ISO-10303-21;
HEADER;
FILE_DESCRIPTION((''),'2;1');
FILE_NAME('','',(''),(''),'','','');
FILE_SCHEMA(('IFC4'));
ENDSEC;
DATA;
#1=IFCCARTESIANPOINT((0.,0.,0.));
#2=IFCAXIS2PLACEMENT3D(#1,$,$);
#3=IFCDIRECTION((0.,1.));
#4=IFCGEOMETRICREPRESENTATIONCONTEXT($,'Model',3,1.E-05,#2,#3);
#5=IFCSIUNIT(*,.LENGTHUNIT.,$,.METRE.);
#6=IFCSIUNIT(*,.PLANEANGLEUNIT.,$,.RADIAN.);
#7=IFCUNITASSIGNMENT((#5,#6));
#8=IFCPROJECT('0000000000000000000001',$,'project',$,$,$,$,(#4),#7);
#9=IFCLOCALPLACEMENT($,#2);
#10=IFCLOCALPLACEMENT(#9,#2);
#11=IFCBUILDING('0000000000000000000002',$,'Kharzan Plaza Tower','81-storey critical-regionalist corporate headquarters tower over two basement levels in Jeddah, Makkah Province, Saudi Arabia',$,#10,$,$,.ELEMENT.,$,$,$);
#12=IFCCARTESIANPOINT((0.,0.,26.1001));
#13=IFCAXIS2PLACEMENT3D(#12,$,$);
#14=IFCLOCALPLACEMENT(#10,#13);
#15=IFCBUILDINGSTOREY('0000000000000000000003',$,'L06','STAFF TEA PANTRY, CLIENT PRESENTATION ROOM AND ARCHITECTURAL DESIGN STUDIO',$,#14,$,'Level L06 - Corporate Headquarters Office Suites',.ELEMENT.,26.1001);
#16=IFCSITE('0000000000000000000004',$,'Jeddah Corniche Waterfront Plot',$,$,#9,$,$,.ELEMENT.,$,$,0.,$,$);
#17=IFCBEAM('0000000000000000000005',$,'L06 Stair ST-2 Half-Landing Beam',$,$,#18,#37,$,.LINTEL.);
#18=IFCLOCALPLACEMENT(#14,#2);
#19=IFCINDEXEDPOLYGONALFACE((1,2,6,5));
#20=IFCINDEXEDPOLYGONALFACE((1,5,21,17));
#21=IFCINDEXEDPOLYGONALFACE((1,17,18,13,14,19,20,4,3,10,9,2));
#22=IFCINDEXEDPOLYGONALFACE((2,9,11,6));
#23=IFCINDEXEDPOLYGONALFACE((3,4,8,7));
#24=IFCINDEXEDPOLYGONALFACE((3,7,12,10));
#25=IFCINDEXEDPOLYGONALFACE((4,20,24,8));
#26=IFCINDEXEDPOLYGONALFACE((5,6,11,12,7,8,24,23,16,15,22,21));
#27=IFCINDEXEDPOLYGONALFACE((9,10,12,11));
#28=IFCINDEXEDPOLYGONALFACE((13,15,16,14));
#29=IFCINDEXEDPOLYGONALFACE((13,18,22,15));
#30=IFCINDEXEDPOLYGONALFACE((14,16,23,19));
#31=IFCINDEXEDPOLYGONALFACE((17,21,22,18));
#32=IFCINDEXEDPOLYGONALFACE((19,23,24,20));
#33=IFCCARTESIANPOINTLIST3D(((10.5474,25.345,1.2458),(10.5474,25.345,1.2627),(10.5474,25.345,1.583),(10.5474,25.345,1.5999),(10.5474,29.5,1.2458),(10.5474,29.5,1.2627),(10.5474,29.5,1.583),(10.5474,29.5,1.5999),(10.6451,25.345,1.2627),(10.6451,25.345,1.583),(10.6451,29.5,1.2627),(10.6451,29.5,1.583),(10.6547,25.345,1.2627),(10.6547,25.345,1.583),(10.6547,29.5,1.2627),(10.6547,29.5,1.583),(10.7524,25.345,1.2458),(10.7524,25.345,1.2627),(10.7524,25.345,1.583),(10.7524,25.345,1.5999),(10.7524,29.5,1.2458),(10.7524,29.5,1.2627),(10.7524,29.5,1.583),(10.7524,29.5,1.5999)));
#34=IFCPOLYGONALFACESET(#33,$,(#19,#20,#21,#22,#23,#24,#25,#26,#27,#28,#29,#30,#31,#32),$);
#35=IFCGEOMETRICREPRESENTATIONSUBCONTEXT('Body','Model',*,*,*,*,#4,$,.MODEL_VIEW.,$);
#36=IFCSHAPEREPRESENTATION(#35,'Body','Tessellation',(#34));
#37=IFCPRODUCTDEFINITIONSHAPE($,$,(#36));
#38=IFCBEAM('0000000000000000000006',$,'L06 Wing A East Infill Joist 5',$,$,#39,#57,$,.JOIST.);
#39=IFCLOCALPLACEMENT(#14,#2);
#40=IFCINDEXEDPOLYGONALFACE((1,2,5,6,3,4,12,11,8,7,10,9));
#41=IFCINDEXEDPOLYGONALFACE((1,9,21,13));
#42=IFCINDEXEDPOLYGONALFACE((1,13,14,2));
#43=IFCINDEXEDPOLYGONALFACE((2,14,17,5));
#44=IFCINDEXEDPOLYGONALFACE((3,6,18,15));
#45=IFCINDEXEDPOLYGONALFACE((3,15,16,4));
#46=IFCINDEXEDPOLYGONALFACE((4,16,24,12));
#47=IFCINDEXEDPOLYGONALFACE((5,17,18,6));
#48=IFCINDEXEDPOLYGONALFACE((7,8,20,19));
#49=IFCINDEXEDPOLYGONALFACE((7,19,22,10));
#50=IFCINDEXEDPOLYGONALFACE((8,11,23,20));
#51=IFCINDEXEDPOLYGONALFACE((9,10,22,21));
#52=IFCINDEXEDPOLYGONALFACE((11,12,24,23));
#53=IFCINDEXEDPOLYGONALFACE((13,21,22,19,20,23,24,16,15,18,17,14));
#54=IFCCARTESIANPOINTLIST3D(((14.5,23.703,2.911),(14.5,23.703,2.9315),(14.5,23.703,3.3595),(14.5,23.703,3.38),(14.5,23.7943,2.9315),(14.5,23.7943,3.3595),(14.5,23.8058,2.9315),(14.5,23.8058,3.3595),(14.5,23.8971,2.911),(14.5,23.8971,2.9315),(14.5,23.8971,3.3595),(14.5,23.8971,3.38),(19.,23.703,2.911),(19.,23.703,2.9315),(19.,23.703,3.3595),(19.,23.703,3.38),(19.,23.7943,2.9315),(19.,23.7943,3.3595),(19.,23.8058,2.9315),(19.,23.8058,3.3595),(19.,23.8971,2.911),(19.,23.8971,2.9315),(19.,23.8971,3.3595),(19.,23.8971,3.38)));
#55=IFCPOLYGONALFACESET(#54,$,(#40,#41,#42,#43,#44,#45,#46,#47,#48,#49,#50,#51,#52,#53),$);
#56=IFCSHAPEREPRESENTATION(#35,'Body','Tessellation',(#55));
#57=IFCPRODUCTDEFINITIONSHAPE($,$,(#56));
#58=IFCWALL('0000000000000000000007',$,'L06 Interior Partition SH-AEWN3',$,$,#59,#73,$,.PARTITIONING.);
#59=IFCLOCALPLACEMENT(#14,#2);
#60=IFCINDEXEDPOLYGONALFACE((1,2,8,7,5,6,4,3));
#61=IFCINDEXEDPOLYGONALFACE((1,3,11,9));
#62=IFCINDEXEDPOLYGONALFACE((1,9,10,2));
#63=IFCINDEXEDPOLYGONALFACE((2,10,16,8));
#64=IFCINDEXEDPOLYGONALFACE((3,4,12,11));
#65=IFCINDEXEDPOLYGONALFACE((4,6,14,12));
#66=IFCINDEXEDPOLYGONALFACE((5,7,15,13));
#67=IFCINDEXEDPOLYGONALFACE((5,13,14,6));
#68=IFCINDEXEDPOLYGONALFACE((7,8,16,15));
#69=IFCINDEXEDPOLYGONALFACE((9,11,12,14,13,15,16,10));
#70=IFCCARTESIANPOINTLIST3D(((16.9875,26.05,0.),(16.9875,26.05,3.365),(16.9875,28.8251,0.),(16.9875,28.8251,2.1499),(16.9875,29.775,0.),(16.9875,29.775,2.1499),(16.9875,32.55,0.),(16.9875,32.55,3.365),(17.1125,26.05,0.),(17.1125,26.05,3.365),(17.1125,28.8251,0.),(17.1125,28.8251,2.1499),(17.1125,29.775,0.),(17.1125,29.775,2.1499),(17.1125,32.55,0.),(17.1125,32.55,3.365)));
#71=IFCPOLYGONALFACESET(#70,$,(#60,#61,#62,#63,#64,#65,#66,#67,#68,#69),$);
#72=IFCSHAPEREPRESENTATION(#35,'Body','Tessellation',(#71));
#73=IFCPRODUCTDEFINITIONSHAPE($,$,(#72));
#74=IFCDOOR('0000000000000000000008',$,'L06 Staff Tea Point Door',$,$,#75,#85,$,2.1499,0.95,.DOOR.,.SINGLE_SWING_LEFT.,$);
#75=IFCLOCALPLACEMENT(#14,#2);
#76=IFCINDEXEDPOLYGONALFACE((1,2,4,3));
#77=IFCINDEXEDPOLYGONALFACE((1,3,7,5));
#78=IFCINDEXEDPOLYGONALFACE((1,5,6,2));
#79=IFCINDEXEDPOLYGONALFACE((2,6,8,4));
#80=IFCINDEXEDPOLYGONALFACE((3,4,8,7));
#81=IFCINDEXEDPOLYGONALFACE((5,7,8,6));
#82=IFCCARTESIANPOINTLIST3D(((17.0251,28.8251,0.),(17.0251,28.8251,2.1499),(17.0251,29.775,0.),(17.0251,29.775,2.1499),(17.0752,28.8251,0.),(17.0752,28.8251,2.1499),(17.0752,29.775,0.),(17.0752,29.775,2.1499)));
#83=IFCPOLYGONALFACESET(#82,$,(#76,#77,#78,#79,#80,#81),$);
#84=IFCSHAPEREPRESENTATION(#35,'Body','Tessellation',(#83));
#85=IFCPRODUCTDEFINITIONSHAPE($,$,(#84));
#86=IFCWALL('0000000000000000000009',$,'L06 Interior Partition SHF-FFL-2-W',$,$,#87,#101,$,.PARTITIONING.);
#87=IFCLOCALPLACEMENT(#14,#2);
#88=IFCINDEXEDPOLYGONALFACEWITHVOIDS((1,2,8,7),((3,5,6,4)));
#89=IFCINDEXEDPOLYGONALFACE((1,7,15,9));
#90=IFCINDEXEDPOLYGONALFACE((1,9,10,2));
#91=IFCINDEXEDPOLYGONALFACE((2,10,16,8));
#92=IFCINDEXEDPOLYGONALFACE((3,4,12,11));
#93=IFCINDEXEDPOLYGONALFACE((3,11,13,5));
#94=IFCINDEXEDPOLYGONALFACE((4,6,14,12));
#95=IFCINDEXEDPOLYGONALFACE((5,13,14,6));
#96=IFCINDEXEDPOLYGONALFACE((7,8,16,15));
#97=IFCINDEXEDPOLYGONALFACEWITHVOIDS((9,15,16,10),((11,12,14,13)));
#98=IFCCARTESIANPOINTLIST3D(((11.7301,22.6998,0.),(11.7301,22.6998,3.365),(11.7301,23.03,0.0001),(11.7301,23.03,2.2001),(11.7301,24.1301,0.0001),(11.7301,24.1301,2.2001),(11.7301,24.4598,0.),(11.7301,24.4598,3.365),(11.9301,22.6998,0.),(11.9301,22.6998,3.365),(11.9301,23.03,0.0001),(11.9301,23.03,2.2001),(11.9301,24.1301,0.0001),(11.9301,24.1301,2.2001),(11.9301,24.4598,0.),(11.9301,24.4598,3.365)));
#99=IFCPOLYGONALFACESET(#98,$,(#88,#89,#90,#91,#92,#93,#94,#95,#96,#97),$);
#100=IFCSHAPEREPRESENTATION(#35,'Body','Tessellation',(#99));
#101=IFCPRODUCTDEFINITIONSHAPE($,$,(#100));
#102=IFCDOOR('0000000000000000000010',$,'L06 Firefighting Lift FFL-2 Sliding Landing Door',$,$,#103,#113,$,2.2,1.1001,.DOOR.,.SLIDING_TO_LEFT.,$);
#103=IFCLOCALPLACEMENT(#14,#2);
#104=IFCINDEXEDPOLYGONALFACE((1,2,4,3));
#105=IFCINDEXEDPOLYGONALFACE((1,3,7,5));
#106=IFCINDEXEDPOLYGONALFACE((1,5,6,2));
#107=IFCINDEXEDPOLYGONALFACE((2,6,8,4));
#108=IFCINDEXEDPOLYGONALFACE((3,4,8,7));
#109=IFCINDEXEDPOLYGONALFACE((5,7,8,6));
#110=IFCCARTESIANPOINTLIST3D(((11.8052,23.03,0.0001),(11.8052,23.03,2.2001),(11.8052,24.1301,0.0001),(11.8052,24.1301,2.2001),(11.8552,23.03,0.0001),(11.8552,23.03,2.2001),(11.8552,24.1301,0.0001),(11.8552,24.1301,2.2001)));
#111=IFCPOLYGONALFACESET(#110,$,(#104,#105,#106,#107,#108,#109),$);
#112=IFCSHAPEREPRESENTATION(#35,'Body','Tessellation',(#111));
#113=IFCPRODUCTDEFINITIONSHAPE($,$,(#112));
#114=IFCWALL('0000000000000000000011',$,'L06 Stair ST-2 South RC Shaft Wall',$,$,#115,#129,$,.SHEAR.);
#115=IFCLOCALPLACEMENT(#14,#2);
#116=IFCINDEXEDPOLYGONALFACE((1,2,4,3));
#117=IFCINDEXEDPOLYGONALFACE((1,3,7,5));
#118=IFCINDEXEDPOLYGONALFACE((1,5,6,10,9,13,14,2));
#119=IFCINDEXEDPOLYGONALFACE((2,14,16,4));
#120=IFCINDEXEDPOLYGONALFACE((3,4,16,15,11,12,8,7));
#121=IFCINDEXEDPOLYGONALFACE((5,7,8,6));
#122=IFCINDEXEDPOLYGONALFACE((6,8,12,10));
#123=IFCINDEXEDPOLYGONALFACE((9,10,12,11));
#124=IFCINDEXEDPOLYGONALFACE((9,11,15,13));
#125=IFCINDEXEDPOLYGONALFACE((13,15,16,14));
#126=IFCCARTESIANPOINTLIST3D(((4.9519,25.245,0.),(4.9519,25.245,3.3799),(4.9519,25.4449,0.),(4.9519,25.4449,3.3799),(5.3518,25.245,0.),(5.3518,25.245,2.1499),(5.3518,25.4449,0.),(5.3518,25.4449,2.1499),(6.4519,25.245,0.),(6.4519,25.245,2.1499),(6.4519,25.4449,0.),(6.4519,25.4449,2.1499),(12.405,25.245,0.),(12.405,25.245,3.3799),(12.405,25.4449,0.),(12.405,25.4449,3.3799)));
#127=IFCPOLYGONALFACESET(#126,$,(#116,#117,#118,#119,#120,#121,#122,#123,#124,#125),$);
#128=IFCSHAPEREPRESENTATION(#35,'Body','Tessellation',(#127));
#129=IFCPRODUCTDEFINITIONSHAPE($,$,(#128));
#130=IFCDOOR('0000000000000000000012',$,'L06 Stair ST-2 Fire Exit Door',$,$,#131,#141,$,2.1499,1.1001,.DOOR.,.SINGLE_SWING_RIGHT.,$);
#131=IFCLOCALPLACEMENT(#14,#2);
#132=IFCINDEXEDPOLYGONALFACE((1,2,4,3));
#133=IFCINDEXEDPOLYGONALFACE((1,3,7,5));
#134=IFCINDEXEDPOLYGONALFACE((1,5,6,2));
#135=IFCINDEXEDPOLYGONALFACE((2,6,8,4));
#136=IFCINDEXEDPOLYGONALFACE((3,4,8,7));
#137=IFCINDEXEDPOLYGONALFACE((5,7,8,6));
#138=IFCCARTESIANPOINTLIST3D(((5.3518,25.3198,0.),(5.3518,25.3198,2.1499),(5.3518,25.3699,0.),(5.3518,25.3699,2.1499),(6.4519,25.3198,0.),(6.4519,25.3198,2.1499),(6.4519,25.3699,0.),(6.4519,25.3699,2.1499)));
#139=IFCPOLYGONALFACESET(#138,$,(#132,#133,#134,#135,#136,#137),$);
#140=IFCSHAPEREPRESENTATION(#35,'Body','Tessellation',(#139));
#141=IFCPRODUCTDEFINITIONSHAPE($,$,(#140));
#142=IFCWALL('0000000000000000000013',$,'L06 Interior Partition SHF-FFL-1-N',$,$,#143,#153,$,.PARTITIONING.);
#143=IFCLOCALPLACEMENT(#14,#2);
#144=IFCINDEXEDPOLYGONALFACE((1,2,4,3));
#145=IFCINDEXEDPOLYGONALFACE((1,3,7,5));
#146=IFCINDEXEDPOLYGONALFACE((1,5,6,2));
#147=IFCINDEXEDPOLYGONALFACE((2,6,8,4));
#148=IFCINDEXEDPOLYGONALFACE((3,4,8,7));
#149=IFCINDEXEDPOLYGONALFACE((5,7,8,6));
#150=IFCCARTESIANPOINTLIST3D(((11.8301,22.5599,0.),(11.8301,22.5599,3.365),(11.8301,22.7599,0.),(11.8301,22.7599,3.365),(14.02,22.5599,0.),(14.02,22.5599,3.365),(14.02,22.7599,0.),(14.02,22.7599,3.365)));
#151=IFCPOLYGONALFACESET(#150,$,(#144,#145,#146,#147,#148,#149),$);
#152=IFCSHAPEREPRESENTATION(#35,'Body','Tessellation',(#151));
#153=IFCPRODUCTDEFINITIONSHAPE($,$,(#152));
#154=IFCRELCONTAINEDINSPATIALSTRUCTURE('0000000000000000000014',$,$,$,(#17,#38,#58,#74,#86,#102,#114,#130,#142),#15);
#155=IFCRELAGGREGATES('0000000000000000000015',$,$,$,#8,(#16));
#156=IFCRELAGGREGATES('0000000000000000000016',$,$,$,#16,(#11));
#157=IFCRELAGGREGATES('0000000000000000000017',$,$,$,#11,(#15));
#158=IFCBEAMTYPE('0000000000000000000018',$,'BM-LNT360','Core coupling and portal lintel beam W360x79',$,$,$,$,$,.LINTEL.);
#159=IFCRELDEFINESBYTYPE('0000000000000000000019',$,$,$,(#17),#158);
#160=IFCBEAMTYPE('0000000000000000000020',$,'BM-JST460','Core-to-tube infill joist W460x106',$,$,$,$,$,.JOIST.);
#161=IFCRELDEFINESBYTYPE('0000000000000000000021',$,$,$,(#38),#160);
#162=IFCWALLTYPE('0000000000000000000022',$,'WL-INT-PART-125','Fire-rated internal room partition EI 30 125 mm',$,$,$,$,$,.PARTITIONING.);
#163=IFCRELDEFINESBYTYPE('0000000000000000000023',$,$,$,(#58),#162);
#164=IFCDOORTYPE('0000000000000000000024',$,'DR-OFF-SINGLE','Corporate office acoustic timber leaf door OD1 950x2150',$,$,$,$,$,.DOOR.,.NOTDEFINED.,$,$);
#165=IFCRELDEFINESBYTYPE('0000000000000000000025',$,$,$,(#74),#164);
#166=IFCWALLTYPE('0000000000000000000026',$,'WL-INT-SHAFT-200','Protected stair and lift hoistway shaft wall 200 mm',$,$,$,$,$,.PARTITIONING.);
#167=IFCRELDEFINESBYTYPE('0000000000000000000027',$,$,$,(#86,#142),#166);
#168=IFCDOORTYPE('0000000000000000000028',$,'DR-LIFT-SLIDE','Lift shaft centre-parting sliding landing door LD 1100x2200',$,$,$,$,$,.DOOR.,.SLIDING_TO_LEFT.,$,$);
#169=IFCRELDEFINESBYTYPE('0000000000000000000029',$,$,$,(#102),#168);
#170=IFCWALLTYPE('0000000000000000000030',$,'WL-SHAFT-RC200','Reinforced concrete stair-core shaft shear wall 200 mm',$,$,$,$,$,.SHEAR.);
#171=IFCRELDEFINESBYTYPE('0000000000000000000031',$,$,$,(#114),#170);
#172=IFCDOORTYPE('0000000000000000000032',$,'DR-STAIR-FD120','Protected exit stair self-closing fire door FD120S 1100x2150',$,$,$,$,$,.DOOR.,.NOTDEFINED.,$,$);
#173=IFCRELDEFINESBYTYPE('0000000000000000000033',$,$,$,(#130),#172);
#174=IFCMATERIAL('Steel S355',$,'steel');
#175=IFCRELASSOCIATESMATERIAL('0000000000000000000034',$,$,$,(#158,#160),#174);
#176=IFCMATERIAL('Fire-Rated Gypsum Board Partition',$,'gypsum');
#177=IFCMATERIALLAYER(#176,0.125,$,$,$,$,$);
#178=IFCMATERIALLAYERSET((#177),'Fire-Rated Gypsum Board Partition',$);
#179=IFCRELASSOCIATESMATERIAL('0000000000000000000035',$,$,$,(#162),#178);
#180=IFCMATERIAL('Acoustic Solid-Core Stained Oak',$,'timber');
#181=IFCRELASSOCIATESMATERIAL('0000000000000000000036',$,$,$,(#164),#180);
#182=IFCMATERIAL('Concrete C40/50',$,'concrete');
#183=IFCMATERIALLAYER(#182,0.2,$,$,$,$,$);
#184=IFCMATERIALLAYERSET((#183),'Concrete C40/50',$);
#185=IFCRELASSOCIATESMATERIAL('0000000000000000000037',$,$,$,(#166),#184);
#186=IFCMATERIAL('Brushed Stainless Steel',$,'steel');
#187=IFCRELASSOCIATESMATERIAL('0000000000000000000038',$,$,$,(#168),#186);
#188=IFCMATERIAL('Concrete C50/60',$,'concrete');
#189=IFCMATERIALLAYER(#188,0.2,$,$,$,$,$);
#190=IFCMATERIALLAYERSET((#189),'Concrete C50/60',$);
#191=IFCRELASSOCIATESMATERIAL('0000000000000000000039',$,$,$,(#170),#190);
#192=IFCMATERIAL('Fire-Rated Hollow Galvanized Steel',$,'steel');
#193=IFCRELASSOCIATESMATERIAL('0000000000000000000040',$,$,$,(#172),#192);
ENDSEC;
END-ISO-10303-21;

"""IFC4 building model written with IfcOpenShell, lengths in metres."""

from ifc_helpers import new_model, si_unit, direction, frame, frame_2d, origin, origin_2d, place, context, subcontext, project, spatial, rectangle, i_section, extrude, source, transform, mapped, material, layer, layer_set, material_profile, profile_set, type_object, element, fill, save


model = new_model("IFC4")

# Units and contexts
model_context = context("Model", 3, precision=1e-05, world=origin(), true_north=direction((0.0, 1.0)))
body_context = subcontext(model_context, "Body", "Model", "MODEL_VIEW")
ifc_project = project(units=[si_unit("LENGTHUNIT", "METRE"), si_unit("PLANEANGLEUNIT", "RADIAN")], contexts=[model_context])

# Site, building, storey
site_placement = place(None, origin())
site = spatial("IfcSite", under=ifc_project, at=site_placement, Name="Jeddah Corniche Waterfront Plot", CompositionType="ELEMENT", RefElevation=0.0)
building_placement = place(site_placement, origin())
building = spatial("IfcBuilding", under=site, at=building_placement, Name="Kharzan Plaza Tower", Description="81-storey critical-regionalist corporate headquarters tower over two basement levels in Jeddah, Makkah Province, Saudi Arabia", CompositionType="ELEMENT")
storey_placement = place(building_placement, frame((0.0, 0.0, 26.1001)))
storey = spatial("IfcBuildingStorey", under=building, at=storey_placement, Name="L06", Description="STAFF TEA PANTRY, CLIENT PRESENTATION ROOM AND ARCHITECTURAL DESIGN STUDIO", LongName="Level L06 - Corporate Headquarters Office Suites", CompositionType="ELEMENT", Elevation=26.1001)

# Beams
ifc_material_1 = material(Name="Steel S355", Category="steel")
ifc_material_profile_1 = material_profile(ifc_material_1, i_section(OverallWidth=0.2051, OverallDepth=0.354, WebThickness=0.0095, FlangeThickness=0.0168, at=origin_2d()), Name="W360x79")
ifc_profile_set_1 = profile_set([ifc_material_profile_1], Name="Steel S355")
beam_type_1 = type_object("IfcBeamType", Name="BM-LNT360", Description="Core coupling and portal lintel beam W360x79", PredefinedType="LINTEL", material=ifc_profile_set_1)
shared_shape_1 = source(origin(), body_context, "Body", "SweptSolid", [
    extrude(i_section(OverallWidth=0.2051, OverallDepth=0.354, WebThickness=0.0095, FlangeThickness=0.0168, at=origin_2d()), origin(), (0.0, 0.0, 1.0), 4.155),
])
beam_1_placement = place(storey_placement, frame((10.6499, 25.345, 1.4229), z_axis=(0.0, 1.0, 0.0), x_axis=(-1.0, 0.0, 0.0)))
element("IfcBeam", 1, at=beam_1_placement, inside=storey, type_object=beam_type_1, Name="L06 Stair ST-2 Half-Landing Beam", PredefinedType="LINTEL", context=body_context, shape_type="MappedRepresentation", body=[
    mapped(shared_shape_1, transform((0.0, 0.0, 0.0), x_axis=(1.0, 0.0, 0.0), y_axis=(0.0, 1.0, 0.0), z_axis=(0.0, 0.0, 1.0))),
])
ifc_material_profile_2 = material_profile(ifc_material_1, i_section(OverallWidth=0.1941, OverallDepth=0.469, WebThickness=0.0115, FlangeThickness=0.0205, at=origin_2d()), Name="W460x106")
ifc_profile_set_2 = profile_set([ifc_material_profile_2], Name="Steel S355")
beam_type_2 = type_object("IfcBeamType", Name="BM-JST460", Description="Core-to-tube infill joist W460x106", PredefinedType="JOIST", material=ifc_profile_set_2)
shared_shape_2 = source(origin(), body_context, "Body", "SweptSolid", [
    extrude(i_section(OverallWidth=0.1941, OverallDepth=0.469, WebThickness=0.0115, FlangeThickness=0.0205, at=origin_2d()), origin(), (0.0, 0.0, 1.0), 4.5),
])
beam_2_placement = place(storey_placement, frame((14.5, 23.8, 3.1455), z_axis=(1.0, 0.0, 0.0), x_axis=(0.0, 1.0, 0.0)))
element("IfcBeam", 2, at=beam_2_placement, inside=storey, type_object=beam_type_2, Name="L06 Wing A East Infill Joist 5", PredefinedType="JOIST", context=body_context, shape_type="MappedRepresentation", body=[
    mapped(shared_shape_2, transform((0.0, 0.0, 0.0), x_axis=(1.0, 0.0, 0.0), y_axis=(0.0, 1.0, 0.0), z_axis=(0.0, 0.0, 1.0))),
])

# Walls, openings, doors
ifc_material_2 = material(Name="Fire-Rated Gypsum Board Partition", Category="gypsum")
ifc_layer_1 = layer(ifc_material_2, 0.125)
ifc_layer_set_1 = layer_set([ifc_layer_1], Name="Fire-Rated Gypsum Board Partition")
wall_type_1 = type_object("IfcWallType", Name="WL-INT-PART-125", Description="Fire-rated internal room partition EI 30 125 mm", PredefinedType="PARTITIONING", material=ifc_layer_set_1)
wall_1_placement = place(storey_placement, frame((17.05, 26.05, 0.0), z_axis=(0.0, 0.0, 1.0), x_axis=(0.0, 1.0, 0.0)))
wall_1 = element("IfcWall", 3, at=wall_1_placement, inside=storey, type_object=wall_type_1, Name="L06 Interior Partition SH-AEWN3", PredefinedType="PARTITIONING", context=body_context, shape_type="SweptSolid", body=[
    extrude(rectangle(XDim=6.5, YDim=0.125, at=frame_2d((3.25, 0.0))), origin(), (0.0, 0.0, 1.0), 3.365),
])
opening_1_placement = place(wall_1_placement, frame((2.7749, 0.0, 0.0)))
opening_1 = element("IfcOpeningElement", 4, at=opening_1_placement, cuts=wall_1, PredefinedType="OPENING", context=body_context, shape_type="SweptSolid", body=[
    extrude(rectangle(XDim=0.95, YDim=2.1499, at=frame_2d((0.4751, 1.075))), frame((0.0, 0.0725, 0.0), z_axis=(0.0, -1.0, 0.0), x_axis=(1.0, 0.0, 0.0)), (0.0, 0.0, 1.0), 0.145),
])
ifc_material_3 = material(Name="Acoustic Solid-Core Stained Oak", Category="timber")
door_type_1 = type_object("IfcDoorType", Name="DR-OFF-SINGLE", Description="Corporate office acoustic timber leaf door OD1 950x2150", OperationType="NOTDEFINED", PredefinedType="DOOR", material=ifc_material_3)
shared_shape_3 = source(origin(), body_context, "Body", "SweptSolid", [
    extrude(rectangle(XDim=0.95, YDim=2.1499, at=frame_2d((0.4751, 1.075))), frame((0.0, 0.0249, 0.0), z_axis=(0.0, -1.0, 0.0), x_axis=(1.0, 0.0, 0.0)), (0.0, 0.0, 1.0), 0.05),
])
door_1_placement = place(opening_1_placement, origin())
door_1 = element("IfcDoor", 5, at=door_1_placement, inside=storey, type_object=door_type_1, Name="L06 Staff Tea Point Door", OperationType="SINGLE_SWING_LEFT", OverallHeight=2.1499, OverallWidth=0.95, PredefinedType="DOOR", context=body_context, shape_type="MappedRepresentation", body=[
    mapped(shared_shape_3, transform((0.0, 0.0, 0.0), x_axis=(1.0, 0.0, 0.0), y_axis=(0.0, 1.0, 0.0), z_axis=(0.0, 0.0, 1.0))),
])
fill(opening_1, door_1)
ifc_material_4 = material(Name="Concrete C40/50", Category="concrete")
ifc_layer_2 = layer(ifc_material_4, 0.2)
ifc_layer_set_2 = layer_set([ifc_layer_2], Name="Concrete C40/50")
wall_type_2 = type_object("IfcWallType", Name="WL-INT-SHAFT-200", Description="Protected stair and lift hoistway shaft wall 200 mm", PredefinedType="PARTITIONING", material=ifc_layer_set_2)
wall_2_placement = place(storey_placement, frame((11.8301, 22.7, 0.0), z_axis=(0.0, 0.0, 1.0), x_axis=(0.0, 1.0, 0.0)))
wall_2 = element("IfcWall", 6, at=wall_2_placement, inside=storey, type_object=wall_type_2, Name="L06 Interior Partition SHF-FFL-2-W", PredefinedType="PARTITIONING", context=body_context, shape_type="SweptSolid", body=[
    extrude(rectangle(XDim=1.76, YDim=0.2, at=frame_2d((0.8799, 0.0))), origin(), (0.0, 0.0, 1.0), 3.365),
])
opening_2_placement = place(wall_2_placement, frame((0.3301, 0.0, 0.0)))
opening_2 = element("IfcOpeningElement", 7, at=opening_2_placement, cuts=wall_2, PredefinedType="OPENING", context=body_context, shape_type="SweptSolid", body=[
    extrude(rectangle(XDim=1.1001, YDim=2.2, at=frame_2d((0.55, 1.1001))), frame((0.0, 0.1099, 0.0), z_axis=(0.0, -1.0, 0.0), x_axis=(1.0, 0.0, 0.0)), (0.0, 0.0, 1.0), 0.22),
])
ifc_material_5 = material(Name="Brushed Stainless Steel", Category="steel")
door_type_2 = type_object("IfcDoorType", Name="DR-LIFT-SLIDE", Description="Lift shaft centre-parting sliding landing door LD 1100x2200", OperationType="SLIDING_TO_LEFT", PredefinedType="DOOR", material=ifc_material_5)
shared_shape_4 = source(origin(), body_context, "Body", "SweptSolid", [
    extrude(rectangle(XDim=1.1001, YDim=2.2, at=frame_2d((0.55, 1.1001))), frame((0.0, 0.0249, 0.0), z_axis=(0.0, -1.0, 0.0), x_axis=(1.0, 0.0, 0.0)), (0.0, 0.0, 1.0), 0.05),
])
door_2_placement = place(opening_2_placement, origin())
door_2 = element("IfcDoor", 8, at=door_2_placement, inside=storey, type_object=door_type_2, Name="L06 Firefighting Lift FFL-2 Sliding Landing Door", OperationType="SLIDING_TO_LEFT", OverallHeight=2.2, OverallWidth=1.1001, PredefinedType="DOOR", context=body_context, shape_type="MappedRepresentation", body=[
    mapped(shared_shape_4, transform((0.0, 0.0, 0.0), x_axis=(1.0, 0.0, 0.0), y_axis=(0.0, 1.0, 0.0), z_axis=(0.0, 0.0, 1.0))),
])
fill(opening_2, door_2)
ifc_material_6 = material(Name="Concrete C50/60", Category="concrete")
ifc_layer_3 = layer(ifc_material_6, 0.2)
ifc_layer_set_3 = layer_set([ifc_layer_3], Name="Concrete C50/60")
wall_type_3 = type_object("IfcWallType", Name="WL-SHAFT-RC200", Description="Reinforced concrete stair-core shaft shear wall 200 mm", PredefinedType="SHEAR", material=ifc_layer_set_3)
wall_3_placement = place(storey_placement, frame((4.9519, 25.345, 0.0), z_axis=(0.0, 0.0, 1.0), x_axis=(1.0, 0.0, 0.0)))
wall_3 = element("IfcWall", 9, at=wall_3_placement, inside=storey, type_object=wall_type_3, Name="L06 Stair ST-2 South RC Shaft Wall", PredefinedType="SHEAR", context=body_context, shape_type="SweptSolid", body=[
    extrude(rectangle(XDim=7.4531, YDim=0.2, at=frame_2d((3.7266, 0.0))), origin(), (0.0, 0.0, 1.0), 3.3799),
])
opening_3_placement = place(wall_3_placement, frame((0.3999, 0.0, 0.0)))
opening_3 = element("IfcOpeningElement", 10, at=opening_3_placement, cuts=wall_3, PredefinedType="OPENING", context=body_context, shape_type="SweptSolid", body=[
    extrude(rectangle(XDim=1.1001, YDim=2.1499, at=frame_2d((0.55, 1.075))), frame((0.0, 0.1099, 0.0), z_axis=(0.0, -1.0, 0.0), x_axis=(1.0, 0.0, 0.0)), (0.0, 0.0, 1.0), 0.22),
])
ifc_material_7 = material(Name="Fire-Rated Hollow Galvanized Steel", Category="steel")
door_type_3 = type_object("IfcDoorType", Name="DR-STAIR-FD120", Description="Protected exit stair self-closing fire door FD120S 1100x2150", OperationType="NOTDEFINED", PredefinedType="DOOR", material=ifc_material_7)
shared_shape_5 = source(origin(), body_context, "Body", "SweptSolid", [
    extrude(rectangle(XDim=1.1001, YDim=2.1499, at=frame_2d((0.55, 1.075))), frame((0.0, 0.0249, 0.0), z_axis=(0.0, -1.0, 0.0), x_axis=(1.0, 0.0, 0.0)), (0.0, 0.0, 1.0), 0.05),
])
door_3_placement = place(opening_3_placement, origin())
door_3 = element("IfcDoor", 11, at=door_3_placement, inside=storey, type_object=door_type_3, Name="L06 Stair ST-2 Fire Exit Door", OperationType="SINGLE_SWING_RIGHT", OverallHeight=2.1499, OverallWidth=1.1001, PredefinedType="DOOR", context=body_context, shape_type="MappedRepresentation", body=[
    mapped(shared_shape_5, transform((0.0, 0.0, 0.0), x_axis=(1.0, 0.0, 0.0), y_axis=(0.0, 1.0, 0.0), z_axis=(0.0, 0.0, 1.0))),
])
fill(opening_3, door_3)

# Wall
shared_shape_6 = source(origin(), body_context, "Body", "SweptSolid", [
    extrude(rectangle(XDim=2.1899, YDim=0.2, at=frame_2d((1.095, 0.0))), origin(), (0.0, 0.0, 1.0), 3.365),
])
for number, where, z_axis, x_axis, name in (
    (12, (11.8301, 22.6599, 0.0), (0.0, 0.0, 1.0), (1.0, 0.0, 0.0), "L06 Interior Partition SHF-FFL-1-N"),
):
    element("IfcWall", number, at=place(storey_placement, frame(where, z_axis=z_axis, x_axis=x_axis)), inside=storey, type_object=wall_type_2, Name=name, PredefinedType="PARTITIONING", context=body_context, shape_type="MappedRepresentation", body=[
        mapped(shared_shape_6, transform((0.0, 0.0, 0.0), x_axis=(1.0, 0.0, 0.0), y_axis=(0.0, 1.0, 0.0), z_axis=(0.0, 0.0, 1.0))),
    ])

save(model, "model.ifc")
